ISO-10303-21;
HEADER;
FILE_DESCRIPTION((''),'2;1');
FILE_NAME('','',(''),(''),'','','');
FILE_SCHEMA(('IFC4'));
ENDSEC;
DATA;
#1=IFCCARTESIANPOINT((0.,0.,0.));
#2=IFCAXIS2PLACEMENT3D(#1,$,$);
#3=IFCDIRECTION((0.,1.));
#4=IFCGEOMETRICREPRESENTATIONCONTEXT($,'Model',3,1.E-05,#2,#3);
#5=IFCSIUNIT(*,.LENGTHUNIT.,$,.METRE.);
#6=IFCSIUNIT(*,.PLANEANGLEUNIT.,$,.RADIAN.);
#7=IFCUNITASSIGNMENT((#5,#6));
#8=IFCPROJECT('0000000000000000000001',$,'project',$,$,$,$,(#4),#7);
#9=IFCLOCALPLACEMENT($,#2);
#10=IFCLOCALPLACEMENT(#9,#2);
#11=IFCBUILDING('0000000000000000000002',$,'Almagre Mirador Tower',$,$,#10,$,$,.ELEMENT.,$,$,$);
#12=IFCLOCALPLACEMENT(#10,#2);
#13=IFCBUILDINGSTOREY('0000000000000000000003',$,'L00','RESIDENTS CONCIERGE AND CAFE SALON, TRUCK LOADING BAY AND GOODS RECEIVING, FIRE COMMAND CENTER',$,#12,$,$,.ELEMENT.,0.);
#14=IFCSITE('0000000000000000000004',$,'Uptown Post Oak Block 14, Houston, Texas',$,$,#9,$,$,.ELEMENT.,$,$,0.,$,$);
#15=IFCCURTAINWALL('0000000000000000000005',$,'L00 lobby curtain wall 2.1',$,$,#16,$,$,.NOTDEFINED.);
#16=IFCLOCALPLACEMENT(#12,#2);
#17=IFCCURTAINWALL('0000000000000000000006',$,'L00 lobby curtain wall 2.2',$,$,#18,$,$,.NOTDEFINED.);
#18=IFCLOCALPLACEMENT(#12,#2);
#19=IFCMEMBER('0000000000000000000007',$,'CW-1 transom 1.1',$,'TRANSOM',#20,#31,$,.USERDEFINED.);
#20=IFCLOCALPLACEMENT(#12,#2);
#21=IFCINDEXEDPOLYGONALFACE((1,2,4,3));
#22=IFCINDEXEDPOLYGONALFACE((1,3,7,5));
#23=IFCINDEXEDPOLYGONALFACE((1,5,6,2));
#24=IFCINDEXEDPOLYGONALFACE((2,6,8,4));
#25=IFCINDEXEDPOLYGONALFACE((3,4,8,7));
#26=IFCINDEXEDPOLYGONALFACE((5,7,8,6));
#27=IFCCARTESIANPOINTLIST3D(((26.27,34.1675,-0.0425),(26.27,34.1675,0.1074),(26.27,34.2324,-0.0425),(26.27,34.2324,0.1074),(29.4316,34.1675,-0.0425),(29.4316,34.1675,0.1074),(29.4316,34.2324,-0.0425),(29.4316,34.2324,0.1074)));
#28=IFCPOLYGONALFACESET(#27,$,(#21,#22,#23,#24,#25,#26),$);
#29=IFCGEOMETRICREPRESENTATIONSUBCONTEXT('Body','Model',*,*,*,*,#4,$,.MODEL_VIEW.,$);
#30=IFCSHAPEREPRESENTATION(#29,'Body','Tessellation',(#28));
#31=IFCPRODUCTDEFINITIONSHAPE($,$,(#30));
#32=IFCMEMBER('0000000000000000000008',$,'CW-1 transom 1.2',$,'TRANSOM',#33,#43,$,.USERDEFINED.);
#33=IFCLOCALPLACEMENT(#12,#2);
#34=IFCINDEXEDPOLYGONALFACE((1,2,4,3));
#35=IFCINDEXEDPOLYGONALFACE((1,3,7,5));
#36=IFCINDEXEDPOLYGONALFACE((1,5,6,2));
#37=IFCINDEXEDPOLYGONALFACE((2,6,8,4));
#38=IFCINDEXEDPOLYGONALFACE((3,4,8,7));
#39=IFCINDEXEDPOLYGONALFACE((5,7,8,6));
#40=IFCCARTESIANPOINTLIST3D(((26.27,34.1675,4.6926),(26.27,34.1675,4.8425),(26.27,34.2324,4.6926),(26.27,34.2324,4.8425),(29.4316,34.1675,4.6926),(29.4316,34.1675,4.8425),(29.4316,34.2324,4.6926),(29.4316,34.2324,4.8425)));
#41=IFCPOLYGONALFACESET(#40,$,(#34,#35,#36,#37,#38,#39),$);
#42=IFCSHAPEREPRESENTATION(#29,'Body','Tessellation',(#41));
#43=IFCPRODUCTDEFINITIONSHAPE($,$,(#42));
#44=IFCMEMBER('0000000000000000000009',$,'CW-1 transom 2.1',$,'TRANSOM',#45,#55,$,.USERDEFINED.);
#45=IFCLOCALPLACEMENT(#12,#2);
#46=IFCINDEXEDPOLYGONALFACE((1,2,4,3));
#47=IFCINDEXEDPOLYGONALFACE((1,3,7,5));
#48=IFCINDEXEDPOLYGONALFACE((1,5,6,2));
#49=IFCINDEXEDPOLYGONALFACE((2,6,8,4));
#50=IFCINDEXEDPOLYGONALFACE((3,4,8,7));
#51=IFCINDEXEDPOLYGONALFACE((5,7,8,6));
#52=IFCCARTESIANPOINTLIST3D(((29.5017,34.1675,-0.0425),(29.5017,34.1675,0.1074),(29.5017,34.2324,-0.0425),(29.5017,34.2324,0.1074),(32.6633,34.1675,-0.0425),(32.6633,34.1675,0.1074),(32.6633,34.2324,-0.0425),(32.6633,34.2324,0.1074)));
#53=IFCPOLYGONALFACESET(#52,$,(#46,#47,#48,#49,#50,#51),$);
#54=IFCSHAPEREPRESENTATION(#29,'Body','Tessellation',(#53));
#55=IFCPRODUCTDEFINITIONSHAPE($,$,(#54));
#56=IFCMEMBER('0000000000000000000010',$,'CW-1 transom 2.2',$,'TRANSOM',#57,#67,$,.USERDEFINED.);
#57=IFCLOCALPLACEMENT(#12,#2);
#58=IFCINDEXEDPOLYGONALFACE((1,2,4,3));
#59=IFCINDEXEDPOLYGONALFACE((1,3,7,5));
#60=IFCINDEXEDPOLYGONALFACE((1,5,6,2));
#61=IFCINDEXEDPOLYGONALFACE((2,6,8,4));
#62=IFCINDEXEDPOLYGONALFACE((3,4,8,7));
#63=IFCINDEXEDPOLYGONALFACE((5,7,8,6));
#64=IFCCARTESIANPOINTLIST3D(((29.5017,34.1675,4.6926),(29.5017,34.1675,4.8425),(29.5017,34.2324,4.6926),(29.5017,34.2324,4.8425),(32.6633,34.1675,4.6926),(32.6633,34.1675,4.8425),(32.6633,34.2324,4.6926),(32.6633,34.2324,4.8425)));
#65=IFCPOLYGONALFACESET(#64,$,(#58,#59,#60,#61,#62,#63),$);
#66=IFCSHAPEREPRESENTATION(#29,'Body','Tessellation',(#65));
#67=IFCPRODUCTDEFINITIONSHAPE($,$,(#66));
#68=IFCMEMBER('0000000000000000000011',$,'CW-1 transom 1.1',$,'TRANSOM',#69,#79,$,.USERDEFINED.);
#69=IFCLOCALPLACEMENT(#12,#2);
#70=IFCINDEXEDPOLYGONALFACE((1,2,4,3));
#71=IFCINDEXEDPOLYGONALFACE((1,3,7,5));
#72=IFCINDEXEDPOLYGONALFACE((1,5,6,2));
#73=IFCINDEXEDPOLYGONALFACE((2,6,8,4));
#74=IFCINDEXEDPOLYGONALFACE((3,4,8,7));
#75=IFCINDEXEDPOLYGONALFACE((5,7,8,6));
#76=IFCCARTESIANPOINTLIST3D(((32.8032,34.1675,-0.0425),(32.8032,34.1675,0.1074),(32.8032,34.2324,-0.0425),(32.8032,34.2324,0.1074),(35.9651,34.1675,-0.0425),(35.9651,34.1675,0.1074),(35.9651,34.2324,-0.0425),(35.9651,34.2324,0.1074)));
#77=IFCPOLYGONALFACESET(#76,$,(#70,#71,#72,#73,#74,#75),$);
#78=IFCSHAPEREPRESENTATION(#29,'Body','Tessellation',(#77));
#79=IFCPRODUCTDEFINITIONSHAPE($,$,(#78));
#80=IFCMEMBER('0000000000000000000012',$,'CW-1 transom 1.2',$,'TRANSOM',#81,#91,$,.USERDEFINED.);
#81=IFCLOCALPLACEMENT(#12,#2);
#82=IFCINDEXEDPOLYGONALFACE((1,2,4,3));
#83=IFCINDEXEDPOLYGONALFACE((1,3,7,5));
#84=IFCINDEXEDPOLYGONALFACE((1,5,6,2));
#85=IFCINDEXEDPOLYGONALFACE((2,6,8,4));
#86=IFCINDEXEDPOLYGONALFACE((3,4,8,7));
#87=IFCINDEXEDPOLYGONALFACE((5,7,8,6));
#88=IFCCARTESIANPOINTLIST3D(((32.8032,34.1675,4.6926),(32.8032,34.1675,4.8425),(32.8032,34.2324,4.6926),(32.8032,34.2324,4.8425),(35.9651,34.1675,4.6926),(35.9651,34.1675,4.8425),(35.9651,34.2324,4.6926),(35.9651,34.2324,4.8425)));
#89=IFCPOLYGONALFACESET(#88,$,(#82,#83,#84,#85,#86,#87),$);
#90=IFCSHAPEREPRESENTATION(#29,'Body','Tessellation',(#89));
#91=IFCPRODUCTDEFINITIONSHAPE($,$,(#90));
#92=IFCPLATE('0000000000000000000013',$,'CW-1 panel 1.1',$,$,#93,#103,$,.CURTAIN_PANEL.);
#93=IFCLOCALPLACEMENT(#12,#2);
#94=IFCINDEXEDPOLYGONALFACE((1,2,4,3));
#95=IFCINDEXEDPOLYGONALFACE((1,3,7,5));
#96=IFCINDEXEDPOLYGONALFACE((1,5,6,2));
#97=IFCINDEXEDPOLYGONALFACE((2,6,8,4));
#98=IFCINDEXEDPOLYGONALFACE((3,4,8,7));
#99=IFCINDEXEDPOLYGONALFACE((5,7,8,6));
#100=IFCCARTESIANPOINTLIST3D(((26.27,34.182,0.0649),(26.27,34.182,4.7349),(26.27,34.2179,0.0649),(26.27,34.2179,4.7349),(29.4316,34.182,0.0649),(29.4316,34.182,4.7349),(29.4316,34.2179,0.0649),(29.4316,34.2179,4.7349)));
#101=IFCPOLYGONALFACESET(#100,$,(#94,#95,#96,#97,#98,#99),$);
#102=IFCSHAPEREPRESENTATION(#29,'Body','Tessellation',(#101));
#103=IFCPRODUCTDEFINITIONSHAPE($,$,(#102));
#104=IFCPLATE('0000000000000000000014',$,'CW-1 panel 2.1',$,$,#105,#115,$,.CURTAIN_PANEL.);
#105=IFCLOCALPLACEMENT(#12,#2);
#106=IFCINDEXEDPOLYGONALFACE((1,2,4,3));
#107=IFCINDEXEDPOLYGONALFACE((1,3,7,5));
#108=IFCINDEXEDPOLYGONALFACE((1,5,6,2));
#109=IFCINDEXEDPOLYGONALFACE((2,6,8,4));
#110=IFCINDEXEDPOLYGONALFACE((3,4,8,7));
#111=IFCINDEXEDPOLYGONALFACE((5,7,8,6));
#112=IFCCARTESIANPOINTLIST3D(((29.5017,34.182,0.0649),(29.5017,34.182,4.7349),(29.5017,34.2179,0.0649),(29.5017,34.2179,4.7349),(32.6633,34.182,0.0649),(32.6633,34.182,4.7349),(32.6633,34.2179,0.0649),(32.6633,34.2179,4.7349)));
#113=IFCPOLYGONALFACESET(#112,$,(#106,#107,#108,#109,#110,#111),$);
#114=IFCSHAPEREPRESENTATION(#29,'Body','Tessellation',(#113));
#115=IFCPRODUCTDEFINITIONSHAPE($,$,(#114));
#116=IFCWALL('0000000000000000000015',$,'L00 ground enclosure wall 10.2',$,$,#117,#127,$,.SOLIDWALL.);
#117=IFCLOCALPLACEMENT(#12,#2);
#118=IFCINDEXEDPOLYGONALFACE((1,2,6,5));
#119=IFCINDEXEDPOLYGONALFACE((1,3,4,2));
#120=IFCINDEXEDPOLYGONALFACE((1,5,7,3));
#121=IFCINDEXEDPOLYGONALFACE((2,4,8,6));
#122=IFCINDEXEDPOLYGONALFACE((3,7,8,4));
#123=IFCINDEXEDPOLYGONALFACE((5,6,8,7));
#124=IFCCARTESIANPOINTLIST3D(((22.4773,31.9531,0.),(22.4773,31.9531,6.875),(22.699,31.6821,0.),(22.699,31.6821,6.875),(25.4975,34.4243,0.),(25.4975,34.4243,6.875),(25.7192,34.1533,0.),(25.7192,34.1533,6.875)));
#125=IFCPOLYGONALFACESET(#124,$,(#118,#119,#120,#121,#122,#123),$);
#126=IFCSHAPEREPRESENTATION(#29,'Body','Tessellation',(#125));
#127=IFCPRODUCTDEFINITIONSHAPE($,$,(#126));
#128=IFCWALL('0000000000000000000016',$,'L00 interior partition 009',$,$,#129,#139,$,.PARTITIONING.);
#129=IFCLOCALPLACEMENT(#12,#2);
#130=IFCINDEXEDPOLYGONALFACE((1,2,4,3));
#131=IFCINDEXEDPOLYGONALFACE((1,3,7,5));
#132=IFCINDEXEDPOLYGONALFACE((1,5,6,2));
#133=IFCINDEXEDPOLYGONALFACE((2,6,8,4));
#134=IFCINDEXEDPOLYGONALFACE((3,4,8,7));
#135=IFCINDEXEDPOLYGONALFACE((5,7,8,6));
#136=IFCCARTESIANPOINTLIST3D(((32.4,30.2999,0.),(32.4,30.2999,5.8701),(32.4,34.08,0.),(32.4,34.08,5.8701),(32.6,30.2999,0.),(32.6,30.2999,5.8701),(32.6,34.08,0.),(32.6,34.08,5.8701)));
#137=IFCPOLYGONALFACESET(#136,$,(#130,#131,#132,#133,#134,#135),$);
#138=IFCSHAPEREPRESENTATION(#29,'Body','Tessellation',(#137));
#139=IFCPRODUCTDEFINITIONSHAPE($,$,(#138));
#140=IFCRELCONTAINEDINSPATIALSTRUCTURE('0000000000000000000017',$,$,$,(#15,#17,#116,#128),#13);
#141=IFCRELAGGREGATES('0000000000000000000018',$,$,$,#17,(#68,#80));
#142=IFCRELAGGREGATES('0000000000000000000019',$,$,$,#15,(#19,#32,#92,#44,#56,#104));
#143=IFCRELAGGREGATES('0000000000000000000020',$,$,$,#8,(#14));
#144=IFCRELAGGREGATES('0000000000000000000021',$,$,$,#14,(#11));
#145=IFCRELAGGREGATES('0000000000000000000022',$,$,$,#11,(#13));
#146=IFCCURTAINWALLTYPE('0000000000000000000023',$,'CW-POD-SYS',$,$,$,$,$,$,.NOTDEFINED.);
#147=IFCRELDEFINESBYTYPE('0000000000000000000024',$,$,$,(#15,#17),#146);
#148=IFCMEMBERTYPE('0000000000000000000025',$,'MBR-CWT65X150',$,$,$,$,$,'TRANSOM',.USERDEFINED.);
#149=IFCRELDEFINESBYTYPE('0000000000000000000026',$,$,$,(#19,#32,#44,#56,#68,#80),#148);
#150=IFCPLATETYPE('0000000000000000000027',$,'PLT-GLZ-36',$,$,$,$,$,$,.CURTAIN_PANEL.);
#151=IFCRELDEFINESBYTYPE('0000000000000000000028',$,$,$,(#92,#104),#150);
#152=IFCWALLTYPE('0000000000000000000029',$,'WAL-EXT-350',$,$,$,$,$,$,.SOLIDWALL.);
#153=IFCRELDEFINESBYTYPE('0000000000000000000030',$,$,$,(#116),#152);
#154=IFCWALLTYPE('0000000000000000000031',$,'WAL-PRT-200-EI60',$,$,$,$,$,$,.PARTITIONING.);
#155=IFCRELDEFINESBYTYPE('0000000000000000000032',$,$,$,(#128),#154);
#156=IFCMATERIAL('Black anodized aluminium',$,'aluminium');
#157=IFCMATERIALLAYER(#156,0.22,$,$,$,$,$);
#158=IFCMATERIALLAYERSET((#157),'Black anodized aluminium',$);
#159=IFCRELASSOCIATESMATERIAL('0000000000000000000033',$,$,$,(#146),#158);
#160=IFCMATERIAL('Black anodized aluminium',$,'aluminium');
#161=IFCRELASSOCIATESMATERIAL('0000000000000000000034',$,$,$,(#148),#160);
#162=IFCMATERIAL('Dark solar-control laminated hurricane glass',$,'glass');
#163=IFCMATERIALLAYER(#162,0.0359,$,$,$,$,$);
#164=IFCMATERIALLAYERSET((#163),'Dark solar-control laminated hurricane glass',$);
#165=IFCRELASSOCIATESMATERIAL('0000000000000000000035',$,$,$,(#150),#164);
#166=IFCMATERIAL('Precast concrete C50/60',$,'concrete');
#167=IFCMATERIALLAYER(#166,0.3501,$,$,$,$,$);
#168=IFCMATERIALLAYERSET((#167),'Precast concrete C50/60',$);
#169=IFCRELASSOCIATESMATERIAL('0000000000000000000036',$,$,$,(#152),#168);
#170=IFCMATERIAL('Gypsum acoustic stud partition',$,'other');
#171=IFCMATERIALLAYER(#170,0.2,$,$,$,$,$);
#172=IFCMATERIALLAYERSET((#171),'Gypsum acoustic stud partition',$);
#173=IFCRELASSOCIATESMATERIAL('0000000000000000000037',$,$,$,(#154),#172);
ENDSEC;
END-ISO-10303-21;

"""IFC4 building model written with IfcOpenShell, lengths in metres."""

from ifc_helpers import new_model, si_unit, direction, frame, frame_2d, origin, origin_2d, place, context, subcontext, project, spatial, rectangle, extrude, material, layer, layer_set, material_profile, profile_set, type_object, element, aggregate, save


model = new_model("IFC4")

# Units and contexts
model_context = context("Model", 3, precision=1e-05, world=origin(), true_north=direction((0.0, 1.0)))
body_context = subcontext(model_context, "Body", "Model", "MODEL_VIEW")
ifc_project = project(units=[si_unit("LENGTHUNIT", "METRE"), si_unit("PLANEANGLEUNIT", "RADIAN")], contexts=[model_context])

# Site, building, storey
site_placement = place(None, origin())
site = spatial("IfcSite", under=ifc_project, at=site_placement, Name="Uptown Post Oak Block 14, Houston, Texas", CompositionType="ELEMENT", RefElevation=0.0)
building_placement = place(site_placement, origin())
building = spatial("IfcBuilding", under=site, at=building_placement, Name="Almagre Mirador Tower", CompositionType="ELEMENT")
storey_placement = place(building_placement, origin())
storey = spatial("IfcBuildingStorey", under=building, at=storey_placement, Name="L00", Description="RESIDENTS CONCIERGE AND CAFE SALON, TRUCK LOADING BAY AND GOODS RECEIVING, FIRE COMMAND CENTER", CompositionType="ELEMENT", Elevation=0.0)

# Curtain wall
ifc_material_1 = material(Name="Black anodized aluminium", Category="aluminium")
ifc_layer_1 = layer(ifc_material_1, 0.22)
ifc_layer_set_1 = layer_set([ifc_layer_1], Name="Black anodized aluminium")
curtain_wall_type = type_object("IfcCurtainWallType", Name="CW-POD-SYS", PredefinedType="NOTDEFINED", material=ifc_layer_set_1)
curtain_wall_1_placement = place(storey_placement, origin())
curtain_wall_1 = element("IfcCurtainWall", 1, at=curtain_wall_1_placement, inside=storey, type_object=curtain_wall_type, Name="L00 lobby curtain wall 2.1", PredefinedType="NOTDEFINED")

# Curtain wall
curtain_wall_2_placement = place(storey_placement, origin())
curtain_wall_2 = element("IfcCurtainWall", 2, at=curtain_wall_2_placement, inside=storey, type_object=curtain_wall_type, Name="L00 lobby curtain wall 2.2", PredefinedType="NOTDEFINED")

# Members
ifc_material_2 = material(Name="Black anodized aluminium", Category="aluminium")
ifc_material_profile_1 = material_profile(ifc_material_2, rectangle(XDim=0.0649, YDim=0.1499, at=origin_2d()), Name="CWT65X150")
ifc_profile_set_1 = profile_set([ifc_material_profile_1], Name="Black anodized aluminium")
member_type_1 = type_object("IfcMemberType", Name="MBR-CWT65X150", ElementType="TRANSOM", PredefinedType="USERDEFINED", material=ifc_profile_set_1)
member_1_placement = place(storey_placement, frame((26.27, 34.2, 0.0325), z_axis=(1.0, 0.0, 0.0), x_axis=(0.0, 1.0, 0.0)))
member_1 = element("IfcMember", 3, at=member_1_placement, type_object=member_type_1, Name="CW-1 transom 1.1", ObjectType="TRANSOM", PredefinedType="USERDEFINED", context=body_context, shape_type="SweptSolid", body=[
    extrude(rectangle(XDim=0.0649, YDim=0.1499, at=origin_2d()), origin(), (0.0, 0.0, 1.0), 3.1616),
])
member_2_placement = place(storey_placement, frame((26.27, 34.2, 4.7676), z_axis=(1.0, 0.0, 0.0), x_axis=(0.0, 1.0, 0.0)))
member_2 = element("IfcMember", 4, at=member_2_placement, type_object=member_type_1, Name="CW-1 transom 1.2", ObjectType="TRANSOM", PredefinedType="USERDEFINED", context=body_context, shape_type="SweptSolid", body=[
    extrude(rectangle(XDim=0.0649, YDim=0.1499, at=origin_2d()), origin(), (0.0, 0.0, 1.0), 3.1616),
])
member_3_placement = place(storey_placement, frame((29.5017, 34.2, 0.0325), z_axis=(1.0, 0.0, 0.0), x_axis=(0.0, 1.0, 0.0)))
member_3 = element("IfcMember", 5, at=member_3_placement, type_object=member_type_1, Name="CW-1 transom 2.1", ObjectType="TRANSOM", PredefinedType="USERDEFINED", context=body_context, shape_type="SweptSolid", body=[
    extrude(rectangle(XDim=0.0649, YDim=0.1499, at=origin_2d()), origin(), (0.0, 0.0, 1.0), 3.1616),
])
member_4_placement = place(storey_placement, frame((29.5017, 34.2, 4.7676), z_axis=(1.0, 0.0, 0.0), x_axis=(0.0, 1.0, 0.0)))
member_4 = element("IfcMember", 6, at=member_4_placement, type_object=member_type_1, Name="CW-1 transom 2.2", ObjectType="TRANSOM", PredefinedType="USERDEFINED", context=body_context, shape_type="SweptSolid", body=[
    extrude(rectangle(XDim=0.0649, YDim=0.1499, at=origin_2d()), origin(), (0.0, 0.0, 1.0), 3.1616),
])
member_5_placement = place(storey_placement, frame((32.8032, 34.2, 0.0325), z_axis=(1.0, 0.0, 0.0), x_axis=(0.0, 1.0, 0.0)))
member_5 = element("IfcMember", 7, at=member_5_placement, type_object=member_type_1, Name="CW-1 transom 1.1", ObjectType="TRANSOM", PredefinedType="USERDEFINED", context=body_context, shape_type="SweptSolid", body=[
    extrude(rectangle(XDim=0.0649, YDim=0.1499, at=origin_2d()), origin(), (0.0, 0.0, 1.0), 3.1619),
])
member_6_placement = place(storey_placement, frame((32.8032, 34.2, 4.7676), z_axis=(1.0, 0.0, 0.0), x_axis=(0.0, 1.0, 0.0)))
member_6 = element("IfcMember", 8, at=member_6_placement, type_object=member_type_1, Name="CW-1 transom 1.2", ObjectType="TRANSOM", PredefinedType="USERDEFINED", context=body_context, shape_type="SweptSolid", body=[
    extrude(rectangle(XDim=0.0649, YDim=0.1499, at=origin_2d()), origin(), (0.0, 0.0, 1.0), 3.1619),
])
aggregate(curtain_wall_2, [member_5, member_6])

# Plates
ifc_material_3 = material(Name="Dark solar-control laminated hurricane glass", Category="glass")
ifc_layer_2 = layer(ifc_material_3, 0.0359)
ifc_layer_set_2 = layer_set([ifc_layer_2], Name="Dark solar-control laminated hurricane glass")
plate_type = type_object("IfcPlateType", Name="PLT-GLZ-36", PredefinedType="CURTAIN_PANEL", material=ifc_layer_set_2)
plate_1_placement = place(storey_placement, frame((27.8508, 34.2, 0.0649), z_axis=(0.0, 0.0, 1.0), x_axis=(1.0, 0.0, 0.0)))
plate_1 = element("IfcPlate", 9, at=plate_1_placement, type_object=plate_type, Name="CW-1 panel 1.1", PredefinedType="CURTAIN_PANEL", context=body_context, shape_type="SweptSolid", body=[
    extrude(rectangle(XDim=3.1616, YDim=0.0359, at=origin_2d()), origin(), (0.0, 0.0, 1.0), 4.6699),
])
plate_2_placement = place(storey_placement, frame((31.0825, 34.2, 0.0649), z_axis=(0.0, 0.0, 1.0), x_axis=(1.0, 0.0, 0.0)))
plate_2 = element("IfcPlate", 10, at=plate_2_placement, type_object=plate_type, Name="CW-1 panel 2.1", PredefinedType="CURTAIN_PANEL", context=body_context, shape_type="SweptSolid", body=[
    extrude(rectangle(XDim=3.1616, YDim=0.0359, at=origin_2d()), origin(), (0.0, 0.0, 1.0), 4.6699),
])
aggregate(curtain_wall_1, [member_1, member_2, plate_1, member_3, member_4, plate_2])

# Wall
ifc_material_4 = material(Name="Precast concrete C50/60", Category="concrete")
ifc_layer_3 = layer(ifc_material_4, 0.3501)
ifc_layer_set_3 = layer_set([ifc_layer_3], Name="Precast concrete C50/60")
wall_type_1 = type_object("IfcWallType", Name="WAL-EXT-350", PredefinedType="SOLIDWALL", material=ifc_layer_set_3)
wall_1_placement = place(storey_placement, frame((22.5881, 31.8176, 0.0), z_axis=(0.0, 0.0, 1.0), x_axis=(0.773949, 0.633248, 0.0)))
element("IfcWall", 11, at=wall_1_placement, inside=storey, type_object=wall_type_1, Name="L00 ground enclosure wall 10.2", PredefinedType="SOLIDWALL", context=body_context, shape_type="SweptSolid", body=[
    extrude(rectangle(XDim=3.9023, YDim=0.3501, at=frame_2d((1.9512, 0.0))), origin(), (0.0, 0.0, 1.0), 6.875),
])

# Wall
ifc_material_5 = material(Name="Gypsum acoustic stud partition", Category="other")
ifc_layer_4 = layer(ifc_material_5, 0.2)
ifc_layer_set_4 = layer_set([ifc_layer_4], Name="Gypsum acoustic stud partition")
wall_type_2 = type_object("IfcWallType", Name="WAL-PRT-200-EI60", PredefinedType="PARTITIONING", material=ifc_layer_set_4)
wall_2_placement = place(storey_placement, frame((32.5, 34.0801, 0.0), z_axis=(0.0, 0.0, 1.0), x_axis=(0.0, -1.0, 0.0)))
element("IfcWall", 12, at=wall_2_placement, inside=storey, type_object=wall_type_2, Name="L00 interior partition 009", PredefinedType="PARTITIONING", context=body_context, shape_type="SweptSolid", body=[
    extrude(rectangle(XDim=3.78, YDim=0.2, at=frame_2d((1.8901, 0.0))), origin(), (0.0, 0.0, 1.0), 5.8701),
])

save(model, "model.ifc")
